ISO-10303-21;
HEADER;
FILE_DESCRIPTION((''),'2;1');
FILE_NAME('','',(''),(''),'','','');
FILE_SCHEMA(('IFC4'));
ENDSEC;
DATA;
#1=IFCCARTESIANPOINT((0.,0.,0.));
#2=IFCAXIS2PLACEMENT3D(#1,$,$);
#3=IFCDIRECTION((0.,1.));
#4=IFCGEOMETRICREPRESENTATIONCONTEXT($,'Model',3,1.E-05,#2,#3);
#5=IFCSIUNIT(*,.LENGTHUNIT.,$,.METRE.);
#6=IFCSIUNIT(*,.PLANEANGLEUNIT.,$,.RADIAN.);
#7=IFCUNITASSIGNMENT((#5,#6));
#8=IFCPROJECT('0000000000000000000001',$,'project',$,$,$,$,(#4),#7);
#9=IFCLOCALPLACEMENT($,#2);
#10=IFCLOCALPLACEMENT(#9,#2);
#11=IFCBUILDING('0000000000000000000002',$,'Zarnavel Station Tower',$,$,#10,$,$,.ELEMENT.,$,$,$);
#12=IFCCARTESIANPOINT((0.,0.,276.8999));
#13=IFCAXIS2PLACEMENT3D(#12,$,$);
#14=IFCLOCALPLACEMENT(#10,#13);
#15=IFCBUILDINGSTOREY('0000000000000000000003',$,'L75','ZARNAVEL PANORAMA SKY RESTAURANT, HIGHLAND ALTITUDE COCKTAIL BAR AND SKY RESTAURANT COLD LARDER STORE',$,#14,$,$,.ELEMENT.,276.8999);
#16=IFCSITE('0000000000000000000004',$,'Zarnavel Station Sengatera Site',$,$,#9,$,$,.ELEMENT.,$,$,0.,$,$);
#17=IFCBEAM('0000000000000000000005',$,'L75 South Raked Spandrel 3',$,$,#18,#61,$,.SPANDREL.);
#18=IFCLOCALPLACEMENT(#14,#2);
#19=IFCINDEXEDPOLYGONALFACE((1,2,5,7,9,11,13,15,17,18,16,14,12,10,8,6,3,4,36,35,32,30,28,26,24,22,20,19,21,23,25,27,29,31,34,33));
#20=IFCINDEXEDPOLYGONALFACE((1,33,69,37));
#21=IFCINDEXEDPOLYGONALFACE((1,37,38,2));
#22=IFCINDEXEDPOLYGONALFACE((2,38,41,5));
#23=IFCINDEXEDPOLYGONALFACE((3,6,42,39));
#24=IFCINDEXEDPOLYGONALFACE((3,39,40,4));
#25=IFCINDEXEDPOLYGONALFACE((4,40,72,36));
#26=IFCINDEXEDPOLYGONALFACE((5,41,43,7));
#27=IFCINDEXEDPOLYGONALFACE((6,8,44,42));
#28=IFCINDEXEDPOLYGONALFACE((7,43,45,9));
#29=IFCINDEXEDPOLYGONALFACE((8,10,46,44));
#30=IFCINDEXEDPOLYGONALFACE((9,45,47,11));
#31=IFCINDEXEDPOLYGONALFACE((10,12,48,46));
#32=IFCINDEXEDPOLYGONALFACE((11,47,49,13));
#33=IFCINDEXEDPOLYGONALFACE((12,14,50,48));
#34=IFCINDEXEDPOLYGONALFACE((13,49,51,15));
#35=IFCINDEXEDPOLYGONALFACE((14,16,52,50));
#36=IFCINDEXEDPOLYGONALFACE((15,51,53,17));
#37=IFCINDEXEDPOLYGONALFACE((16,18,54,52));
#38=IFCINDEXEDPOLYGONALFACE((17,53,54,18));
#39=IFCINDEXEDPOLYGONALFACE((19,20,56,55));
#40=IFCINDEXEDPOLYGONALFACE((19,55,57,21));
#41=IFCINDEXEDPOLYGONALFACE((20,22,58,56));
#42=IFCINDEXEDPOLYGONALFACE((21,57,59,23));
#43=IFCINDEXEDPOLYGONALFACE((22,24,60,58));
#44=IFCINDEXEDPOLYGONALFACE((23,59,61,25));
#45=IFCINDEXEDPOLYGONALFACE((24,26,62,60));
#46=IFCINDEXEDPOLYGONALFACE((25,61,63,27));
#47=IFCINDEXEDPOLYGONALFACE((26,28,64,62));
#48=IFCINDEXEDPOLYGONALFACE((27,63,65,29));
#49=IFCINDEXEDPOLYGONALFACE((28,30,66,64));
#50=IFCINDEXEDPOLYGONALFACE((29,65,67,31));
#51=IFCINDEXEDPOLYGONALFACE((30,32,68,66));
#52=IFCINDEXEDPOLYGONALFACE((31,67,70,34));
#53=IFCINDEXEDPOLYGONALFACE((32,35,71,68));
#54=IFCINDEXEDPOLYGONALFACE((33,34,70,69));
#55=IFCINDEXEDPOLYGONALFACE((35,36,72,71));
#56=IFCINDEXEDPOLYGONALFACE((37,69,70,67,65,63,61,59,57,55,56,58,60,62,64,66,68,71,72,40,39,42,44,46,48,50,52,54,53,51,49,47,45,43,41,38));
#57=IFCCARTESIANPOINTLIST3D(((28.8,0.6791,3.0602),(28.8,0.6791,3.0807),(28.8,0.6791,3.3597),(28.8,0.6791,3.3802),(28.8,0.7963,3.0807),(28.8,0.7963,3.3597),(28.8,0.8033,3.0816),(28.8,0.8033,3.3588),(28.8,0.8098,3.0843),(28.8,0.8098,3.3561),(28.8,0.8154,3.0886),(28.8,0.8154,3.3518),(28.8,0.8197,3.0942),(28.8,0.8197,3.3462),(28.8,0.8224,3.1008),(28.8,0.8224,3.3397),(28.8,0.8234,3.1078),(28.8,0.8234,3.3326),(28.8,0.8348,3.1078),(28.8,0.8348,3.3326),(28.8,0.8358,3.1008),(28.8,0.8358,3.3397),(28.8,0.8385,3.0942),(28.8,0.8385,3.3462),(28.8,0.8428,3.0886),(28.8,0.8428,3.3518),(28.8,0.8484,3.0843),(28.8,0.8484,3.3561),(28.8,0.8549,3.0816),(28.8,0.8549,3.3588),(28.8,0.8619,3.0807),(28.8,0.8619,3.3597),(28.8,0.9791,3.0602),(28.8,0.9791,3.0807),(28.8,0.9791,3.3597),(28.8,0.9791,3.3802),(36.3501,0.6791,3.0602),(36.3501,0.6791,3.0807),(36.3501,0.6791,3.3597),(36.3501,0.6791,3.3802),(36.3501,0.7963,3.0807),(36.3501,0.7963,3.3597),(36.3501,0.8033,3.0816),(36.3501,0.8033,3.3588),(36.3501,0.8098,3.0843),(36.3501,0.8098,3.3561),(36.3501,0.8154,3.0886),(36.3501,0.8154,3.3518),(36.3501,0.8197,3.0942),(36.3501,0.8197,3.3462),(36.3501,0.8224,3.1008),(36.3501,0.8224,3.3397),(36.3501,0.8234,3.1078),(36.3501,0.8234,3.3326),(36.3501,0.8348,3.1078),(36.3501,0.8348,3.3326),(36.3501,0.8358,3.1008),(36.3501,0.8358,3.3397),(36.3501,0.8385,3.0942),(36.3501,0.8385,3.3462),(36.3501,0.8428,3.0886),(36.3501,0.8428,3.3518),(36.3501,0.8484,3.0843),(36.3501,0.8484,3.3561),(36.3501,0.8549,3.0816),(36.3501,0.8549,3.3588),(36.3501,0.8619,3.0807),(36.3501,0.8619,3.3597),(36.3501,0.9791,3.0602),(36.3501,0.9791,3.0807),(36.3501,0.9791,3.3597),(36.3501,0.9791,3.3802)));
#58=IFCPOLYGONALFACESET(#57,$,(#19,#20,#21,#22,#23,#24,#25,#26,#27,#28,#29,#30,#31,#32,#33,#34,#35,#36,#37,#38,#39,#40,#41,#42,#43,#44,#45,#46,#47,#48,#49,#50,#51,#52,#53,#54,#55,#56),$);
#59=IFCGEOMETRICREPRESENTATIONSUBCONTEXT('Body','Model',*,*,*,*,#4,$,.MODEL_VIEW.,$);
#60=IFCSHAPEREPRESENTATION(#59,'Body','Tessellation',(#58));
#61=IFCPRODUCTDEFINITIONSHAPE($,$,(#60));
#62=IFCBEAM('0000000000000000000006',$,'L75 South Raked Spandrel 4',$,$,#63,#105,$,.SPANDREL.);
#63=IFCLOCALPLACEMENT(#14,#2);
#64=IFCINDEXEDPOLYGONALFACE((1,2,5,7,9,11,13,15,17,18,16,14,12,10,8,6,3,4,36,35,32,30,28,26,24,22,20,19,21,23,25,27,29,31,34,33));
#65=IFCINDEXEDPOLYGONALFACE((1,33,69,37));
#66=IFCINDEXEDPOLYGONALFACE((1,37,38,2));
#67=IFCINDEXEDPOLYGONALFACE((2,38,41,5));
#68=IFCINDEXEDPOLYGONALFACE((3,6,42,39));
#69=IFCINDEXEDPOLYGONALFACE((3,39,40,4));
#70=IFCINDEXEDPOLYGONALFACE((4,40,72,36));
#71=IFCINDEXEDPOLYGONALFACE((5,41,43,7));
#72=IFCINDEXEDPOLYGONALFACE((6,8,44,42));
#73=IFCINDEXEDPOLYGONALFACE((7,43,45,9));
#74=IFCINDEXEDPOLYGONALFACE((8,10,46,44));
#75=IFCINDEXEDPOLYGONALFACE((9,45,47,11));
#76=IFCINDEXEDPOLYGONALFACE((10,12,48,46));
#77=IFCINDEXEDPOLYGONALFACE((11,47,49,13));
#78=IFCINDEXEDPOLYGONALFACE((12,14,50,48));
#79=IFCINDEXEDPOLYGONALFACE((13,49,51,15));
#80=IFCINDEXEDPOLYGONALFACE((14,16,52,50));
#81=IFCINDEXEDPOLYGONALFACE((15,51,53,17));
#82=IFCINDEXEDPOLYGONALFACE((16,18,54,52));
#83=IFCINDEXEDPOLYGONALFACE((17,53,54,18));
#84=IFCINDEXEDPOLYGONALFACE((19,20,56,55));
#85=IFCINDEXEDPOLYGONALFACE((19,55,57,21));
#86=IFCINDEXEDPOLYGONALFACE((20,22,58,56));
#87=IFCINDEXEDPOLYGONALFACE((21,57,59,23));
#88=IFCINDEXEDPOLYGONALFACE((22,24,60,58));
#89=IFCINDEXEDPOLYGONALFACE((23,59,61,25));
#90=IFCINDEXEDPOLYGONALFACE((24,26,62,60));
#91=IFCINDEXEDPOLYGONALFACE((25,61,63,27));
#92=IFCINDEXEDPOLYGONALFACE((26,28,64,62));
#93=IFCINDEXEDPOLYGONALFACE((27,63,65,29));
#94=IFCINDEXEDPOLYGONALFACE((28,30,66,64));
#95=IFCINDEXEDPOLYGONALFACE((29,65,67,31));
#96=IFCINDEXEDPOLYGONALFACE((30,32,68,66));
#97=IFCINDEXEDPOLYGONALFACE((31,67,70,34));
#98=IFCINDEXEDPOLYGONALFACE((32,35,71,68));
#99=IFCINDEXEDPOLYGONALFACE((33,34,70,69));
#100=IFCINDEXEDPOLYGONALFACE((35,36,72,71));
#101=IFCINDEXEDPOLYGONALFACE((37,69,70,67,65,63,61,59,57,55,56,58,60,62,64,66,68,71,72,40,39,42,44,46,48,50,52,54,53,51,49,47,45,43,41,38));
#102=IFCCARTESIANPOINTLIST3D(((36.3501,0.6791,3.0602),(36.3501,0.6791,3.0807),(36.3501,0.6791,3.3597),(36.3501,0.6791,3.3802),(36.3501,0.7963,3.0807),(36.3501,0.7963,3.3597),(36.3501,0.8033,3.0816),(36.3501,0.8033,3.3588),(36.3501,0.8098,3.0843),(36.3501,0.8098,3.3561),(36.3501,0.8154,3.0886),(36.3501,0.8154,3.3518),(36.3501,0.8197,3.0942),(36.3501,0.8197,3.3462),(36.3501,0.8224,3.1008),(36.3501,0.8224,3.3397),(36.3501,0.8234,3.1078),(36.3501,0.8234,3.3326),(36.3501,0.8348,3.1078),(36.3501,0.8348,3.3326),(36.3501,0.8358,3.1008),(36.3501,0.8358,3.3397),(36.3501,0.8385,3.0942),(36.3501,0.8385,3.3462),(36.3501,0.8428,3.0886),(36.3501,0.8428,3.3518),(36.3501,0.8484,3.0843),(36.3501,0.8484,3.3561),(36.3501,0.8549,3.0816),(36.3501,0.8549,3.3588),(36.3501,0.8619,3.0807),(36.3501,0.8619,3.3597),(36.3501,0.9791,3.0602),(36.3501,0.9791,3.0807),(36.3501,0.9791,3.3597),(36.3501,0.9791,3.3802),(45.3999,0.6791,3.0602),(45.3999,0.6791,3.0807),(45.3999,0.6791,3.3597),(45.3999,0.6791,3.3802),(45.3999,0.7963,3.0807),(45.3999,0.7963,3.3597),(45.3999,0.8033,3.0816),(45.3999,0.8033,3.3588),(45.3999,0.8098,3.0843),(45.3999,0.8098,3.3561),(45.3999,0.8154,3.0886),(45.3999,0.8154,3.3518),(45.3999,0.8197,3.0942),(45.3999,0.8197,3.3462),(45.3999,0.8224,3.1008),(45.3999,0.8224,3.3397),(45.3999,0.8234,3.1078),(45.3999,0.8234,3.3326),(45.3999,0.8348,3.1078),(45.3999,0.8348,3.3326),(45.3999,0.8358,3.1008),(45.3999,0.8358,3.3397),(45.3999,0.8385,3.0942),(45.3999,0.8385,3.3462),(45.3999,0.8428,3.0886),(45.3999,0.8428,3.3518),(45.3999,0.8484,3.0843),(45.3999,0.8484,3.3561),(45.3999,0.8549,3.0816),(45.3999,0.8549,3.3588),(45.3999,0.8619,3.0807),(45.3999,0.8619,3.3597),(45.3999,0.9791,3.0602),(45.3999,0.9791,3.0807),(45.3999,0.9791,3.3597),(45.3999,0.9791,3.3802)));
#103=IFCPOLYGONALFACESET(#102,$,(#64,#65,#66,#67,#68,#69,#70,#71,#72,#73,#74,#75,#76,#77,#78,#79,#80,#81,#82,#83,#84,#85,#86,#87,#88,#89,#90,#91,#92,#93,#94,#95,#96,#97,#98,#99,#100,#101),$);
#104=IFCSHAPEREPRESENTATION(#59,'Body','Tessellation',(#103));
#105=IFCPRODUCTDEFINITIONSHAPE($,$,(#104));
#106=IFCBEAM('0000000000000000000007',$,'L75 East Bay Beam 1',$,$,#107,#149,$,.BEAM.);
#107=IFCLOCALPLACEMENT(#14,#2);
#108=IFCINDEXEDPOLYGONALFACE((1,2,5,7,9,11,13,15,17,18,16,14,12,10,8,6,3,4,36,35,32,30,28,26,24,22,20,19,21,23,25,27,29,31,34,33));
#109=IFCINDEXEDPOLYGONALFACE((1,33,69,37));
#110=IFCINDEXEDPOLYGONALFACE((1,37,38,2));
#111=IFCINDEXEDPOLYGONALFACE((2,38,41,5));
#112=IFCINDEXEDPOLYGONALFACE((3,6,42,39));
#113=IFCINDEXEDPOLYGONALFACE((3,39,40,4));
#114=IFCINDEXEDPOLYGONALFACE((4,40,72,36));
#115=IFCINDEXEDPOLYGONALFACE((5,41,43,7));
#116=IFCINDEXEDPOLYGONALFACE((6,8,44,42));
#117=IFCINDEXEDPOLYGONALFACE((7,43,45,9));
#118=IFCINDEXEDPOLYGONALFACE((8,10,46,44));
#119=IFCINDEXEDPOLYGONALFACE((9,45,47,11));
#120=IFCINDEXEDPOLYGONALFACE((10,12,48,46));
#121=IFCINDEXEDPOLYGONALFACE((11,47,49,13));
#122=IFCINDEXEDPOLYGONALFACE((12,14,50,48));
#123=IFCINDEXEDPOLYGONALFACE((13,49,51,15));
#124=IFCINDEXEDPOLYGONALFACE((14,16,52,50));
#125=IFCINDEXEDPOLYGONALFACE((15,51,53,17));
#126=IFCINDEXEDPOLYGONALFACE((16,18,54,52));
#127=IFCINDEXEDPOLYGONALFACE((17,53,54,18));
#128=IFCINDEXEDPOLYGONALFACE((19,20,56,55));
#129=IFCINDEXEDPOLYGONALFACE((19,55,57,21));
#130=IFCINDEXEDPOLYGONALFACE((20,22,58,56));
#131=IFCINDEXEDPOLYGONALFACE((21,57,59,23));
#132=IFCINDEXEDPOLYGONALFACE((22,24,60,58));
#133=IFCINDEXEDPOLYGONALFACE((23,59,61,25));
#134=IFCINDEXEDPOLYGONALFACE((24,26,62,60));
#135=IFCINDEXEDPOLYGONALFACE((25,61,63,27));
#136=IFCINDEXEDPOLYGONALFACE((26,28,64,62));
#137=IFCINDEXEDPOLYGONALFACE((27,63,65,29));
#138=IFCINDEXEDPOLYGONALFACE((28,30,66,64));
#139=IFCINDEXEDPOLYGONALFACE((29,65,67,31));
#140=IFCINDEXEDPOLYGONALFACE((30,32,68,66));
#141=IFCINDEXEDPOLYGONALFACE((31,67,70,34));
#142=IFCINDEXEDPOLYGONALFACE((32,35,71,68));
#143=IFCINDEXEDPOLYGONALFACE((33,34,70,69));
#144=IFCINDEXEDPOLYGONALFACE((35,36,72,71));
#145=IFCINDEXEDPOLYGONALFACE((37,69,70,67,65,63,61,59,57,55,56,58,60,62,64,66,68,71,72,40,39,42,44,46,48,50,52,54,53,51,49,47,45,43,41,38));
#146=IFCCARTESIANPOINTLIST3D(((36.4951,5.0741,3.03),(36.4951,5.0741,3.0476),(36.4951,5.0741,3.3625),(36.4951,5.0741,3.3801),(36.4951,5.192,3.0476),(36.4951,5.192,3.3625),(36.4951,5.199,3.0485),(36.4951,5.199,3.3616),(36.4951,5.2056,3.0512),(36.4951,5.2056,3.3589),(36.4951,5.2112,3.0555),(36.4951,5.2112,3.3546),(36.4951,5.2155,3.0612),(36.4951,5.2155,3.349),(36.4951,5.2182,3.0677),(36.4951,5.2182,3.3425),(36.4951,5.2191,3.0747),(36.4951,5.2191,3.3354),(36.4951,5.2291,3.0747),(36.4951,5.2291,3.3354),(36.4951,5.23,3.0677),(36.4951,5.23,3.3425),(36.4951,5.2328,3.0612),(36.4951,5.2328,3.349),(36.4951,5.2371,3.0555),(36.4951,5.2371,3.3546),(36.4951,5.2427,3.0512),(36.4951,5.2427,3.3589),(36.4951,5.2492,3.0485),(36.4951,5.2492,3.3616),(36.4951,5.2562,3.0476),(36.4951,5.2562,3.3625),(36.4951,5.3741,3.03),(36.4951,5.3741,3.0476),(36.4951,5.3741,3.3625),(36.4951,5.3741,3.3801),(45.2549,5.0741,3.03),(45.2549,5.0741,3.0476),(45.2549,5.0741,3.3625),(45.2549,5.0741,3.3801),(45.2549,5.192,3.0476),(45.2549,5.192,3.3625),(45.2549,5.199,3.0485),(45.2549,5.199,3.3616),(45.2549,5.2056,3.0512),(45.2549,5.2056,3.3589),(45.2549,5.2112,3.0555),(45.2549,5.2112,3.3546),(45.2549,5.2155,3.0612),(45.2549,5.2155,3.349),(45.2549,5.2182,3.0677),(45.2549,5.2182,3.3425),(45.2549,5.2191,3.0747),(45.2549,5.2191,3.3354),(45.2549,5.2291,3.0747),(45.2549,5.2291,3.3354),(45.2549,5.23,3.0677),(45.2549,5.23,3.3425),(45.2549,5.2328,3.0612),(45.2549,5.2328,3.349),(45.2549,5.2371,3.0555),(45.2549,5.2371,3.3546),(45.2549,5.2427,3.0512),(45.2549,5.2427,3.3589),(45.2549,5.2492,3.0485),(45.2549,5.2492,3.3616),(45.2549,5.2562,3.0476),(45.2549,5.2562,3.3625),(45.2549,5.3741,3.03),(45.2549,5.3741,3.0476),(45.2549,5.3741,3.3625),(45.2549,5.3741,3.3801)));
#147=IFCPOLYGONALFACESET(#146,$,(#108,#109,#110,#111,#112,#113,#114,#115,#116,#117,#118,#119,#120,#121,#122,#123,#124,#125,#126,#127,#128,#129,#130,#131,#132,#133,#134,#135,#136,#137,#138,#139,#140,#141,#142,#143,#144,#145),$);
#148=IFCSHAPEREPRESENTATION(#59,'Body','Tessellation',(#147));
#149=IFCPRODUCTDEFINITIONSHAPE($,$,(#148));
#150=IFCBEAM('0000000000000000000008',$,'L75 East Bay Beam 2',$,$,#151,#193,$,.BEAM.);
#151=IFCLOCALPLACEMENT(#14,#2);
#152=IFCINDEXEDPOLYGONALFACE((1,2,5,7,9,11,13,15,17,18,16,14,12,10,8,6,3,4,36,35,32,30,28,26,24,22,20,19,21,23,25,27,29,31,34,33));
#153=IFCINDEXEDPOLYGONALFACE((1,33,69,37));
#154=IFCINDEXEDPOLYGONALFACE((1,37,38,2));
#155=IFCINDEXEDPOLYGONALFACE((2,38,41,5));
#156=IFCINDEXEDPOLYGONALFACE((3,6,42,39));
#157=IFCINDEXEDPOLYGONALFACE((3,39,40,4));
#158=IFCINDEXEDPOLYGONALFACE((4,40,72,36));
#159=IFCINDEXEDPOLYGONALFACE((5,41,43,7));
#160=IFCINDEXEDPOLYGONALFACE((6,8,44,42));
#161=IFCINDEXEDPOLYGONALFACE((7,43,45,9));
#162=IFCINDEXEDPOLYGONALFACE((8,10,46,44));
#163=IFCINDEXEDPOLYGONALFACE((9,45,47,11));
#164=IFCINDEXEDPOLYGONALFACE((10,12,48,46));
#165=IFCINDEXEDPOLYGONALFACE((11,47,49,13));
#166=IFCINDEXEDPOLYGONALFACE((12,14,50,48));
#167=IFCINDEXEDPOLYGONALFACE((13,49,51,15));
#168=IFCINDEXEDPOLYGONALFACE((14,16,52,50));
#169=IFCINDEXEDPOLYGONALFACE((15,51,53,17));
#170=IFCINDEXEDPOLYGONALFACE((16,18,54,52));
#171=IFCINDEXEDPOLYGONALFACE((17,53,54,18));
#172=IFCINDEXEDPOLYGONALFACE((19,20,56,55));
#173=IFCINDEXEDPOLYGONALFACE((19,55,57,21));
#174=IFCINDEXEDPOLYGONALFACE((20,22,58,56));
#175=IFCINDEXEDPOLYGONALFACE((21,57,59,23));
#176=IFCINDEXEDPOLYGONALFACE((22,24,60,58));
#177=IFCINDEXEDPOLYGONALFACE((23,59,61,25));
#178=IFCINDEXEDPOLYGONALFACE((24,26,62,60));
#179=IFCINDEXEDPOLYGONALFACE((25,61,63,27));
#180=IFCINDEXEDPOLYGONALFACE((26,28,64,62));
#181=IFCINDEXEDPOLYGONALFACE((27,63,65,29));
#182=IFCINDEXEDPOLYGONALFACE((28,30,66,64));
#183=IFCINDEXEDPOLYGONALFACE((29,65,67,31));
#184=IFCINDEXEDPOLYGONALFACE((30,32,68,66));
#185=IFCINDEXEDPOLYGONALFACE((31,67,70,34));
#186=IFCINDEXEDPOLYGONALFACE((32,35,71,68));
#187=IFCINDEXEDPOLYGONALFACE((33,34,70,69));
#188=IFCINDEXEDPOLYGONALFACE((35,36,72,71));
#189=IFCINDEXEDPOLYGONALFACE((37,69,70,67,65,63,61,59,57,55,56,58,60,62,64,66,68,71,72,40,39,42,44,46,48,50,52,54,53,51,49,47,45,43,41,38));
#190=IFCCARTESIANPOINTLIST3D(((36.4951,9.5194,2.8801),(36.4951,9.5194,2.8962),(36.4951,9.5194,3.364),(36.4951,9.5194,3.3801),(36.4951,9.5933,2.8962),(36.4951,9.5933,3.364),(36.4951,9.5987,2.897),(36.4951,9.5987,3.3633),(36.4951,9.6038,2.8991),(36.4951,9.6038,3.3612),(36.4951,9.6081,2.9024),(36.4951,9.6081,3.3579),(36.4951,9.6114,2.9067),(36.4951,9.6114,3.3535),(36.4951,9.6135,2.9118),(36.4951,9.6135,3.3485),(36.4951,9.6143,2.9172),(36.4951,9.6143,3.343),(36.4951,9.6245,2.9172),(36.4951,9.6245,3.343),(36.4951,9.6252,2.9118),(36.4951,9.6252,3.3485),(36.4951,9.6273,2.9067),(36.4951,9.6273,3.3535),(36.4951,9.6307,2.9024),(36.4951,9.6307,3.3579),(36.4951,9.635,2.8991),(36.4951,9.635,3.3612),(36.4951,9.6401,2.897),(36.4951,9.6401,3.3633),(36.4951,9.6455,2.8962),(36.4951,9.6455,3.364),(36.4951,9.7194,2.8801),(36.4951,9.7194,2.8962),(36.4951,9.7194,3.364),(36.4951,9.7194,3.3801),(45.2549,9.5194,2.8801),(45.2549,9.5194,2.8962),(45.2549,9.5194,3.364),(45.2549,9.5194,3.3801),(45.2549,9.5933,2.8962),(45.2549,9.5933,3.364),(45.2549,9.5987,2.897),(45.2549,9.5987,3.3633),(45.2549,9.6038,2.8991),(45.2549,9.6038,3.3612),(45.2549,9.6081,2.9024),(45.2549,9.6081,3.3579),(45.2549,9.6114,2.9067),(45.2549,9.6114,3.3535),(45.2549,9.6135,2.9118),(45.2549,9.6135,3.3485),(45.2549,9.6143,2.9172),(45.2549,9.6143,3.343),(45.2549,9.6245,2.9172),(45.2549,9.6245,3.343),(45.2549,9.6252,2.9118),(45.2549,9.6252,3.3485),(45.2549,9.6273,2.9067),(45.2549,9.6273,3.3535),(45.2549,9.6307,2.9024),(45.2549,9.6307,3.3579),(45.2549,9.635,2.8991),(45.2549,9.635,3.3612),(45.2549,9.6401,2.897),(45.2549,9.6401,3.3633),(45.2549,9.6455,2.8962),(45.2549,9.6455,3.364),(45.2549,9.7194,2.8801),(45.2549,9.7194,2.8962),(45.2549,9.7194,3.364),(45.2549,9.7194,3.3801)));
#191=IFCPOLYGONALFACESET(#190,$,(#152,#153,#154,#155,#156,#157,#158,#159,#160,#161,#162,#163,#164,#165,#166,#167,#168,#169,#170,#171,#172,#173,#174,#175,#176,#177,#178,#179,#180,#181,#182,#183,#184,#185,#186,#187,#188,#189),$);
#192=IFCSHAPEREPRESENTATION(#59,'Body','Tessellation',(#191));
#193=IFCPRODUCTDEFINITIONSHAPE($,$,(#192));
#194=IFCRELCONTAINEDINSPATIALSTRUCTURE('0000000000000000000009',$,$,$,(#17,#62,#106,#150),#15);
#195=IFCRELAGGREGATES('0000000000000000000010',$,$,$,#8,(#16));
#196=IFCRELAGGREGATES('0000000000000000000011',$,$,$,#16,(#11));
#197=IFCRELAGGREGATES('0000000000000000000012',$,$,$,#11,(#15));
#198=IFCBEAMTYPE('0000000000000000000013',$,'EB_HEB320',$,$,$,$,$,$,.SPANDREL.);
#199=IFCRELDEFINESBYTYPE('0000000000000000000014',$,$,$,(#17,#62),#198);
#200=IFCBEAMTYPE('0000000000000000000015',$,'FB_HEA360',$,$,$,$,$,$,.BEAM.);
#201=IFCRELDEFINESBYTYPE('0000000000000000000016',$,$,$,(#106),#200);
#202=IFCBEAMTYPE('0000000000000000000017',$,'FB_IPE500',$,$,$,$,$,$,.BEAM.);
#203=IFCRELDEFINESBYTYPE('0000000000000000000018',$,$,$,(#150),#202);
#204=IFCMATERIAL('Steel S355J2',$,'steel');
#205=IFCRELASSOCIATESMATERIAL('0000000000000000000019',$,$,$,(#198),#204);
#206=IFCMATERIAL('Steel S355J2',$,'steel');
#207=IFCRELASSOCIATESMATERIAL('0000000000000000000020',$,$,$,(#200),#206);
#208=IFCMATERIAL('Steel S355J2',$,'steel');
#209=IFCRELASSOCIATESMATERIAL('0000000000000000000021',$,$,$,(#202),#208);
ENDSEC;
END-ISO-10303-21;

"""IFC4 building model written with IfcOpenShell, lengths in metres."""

from ifc_helpers import new_model, si_unit, direction, frame, origin, origin_2d, place, context, subcontext, project, spatial, i_section, extrude, material, material_profile, profile_set, type_object, element, save


model = new_model("IFC4")

# Units and contexts
model_context = context("Model", 3, precision=1e-05, world=origin(), true_north=direction((0.0, 1.0)))
body_context = subcontext(model_context, "Body", "Model", "MODEL_VIEW")
ifc_project = project(units=[si_unit("LENGTHUNIT", "METRE"), si_unit("PLANEANGLEUNIT", "RADIAN")], contexts=[model_context])

# Site, building, storey
site_placement = place(None, origin())
site = spatial("IfcSite", under=ifc_project, at=site_placement, Name="Zarnavel Station Sengatera Site", CompositionType="ELEMENT", RefElevation=0.0)
building_placement = place(site_placement, origin())
building = spatial("IfcBuilding", under=site, at=building_placement, Name="Zarnavel Station Tower", CompositionType="ELEMENT")
storey_placement = place(building_placement, frame((0.0, 0.0, 276.8999)))
storey = spatial("IfcBuildingStorey", under=building, at=storey_placement, Name="L75", Description="ZARNAVEL PANORAMA SKY RESTAURANT, HIGHLAND ALTITUDE COCKTAIL BAR AND SKY RESTAURANT COLD LARDER STORE", CompositionType="ELEMENT", Elevation=276.8999)

# Beams
ifc_material_1 = material(Name="Steel S355J2", Category="steel")
ifc_material_profile_1 = material_profile(ifc_material_1, i_section(OverallWidth=0.3, OverallDepth=0.3201, WebThickness=0.0115, FlangeThickness=0.0205, FilletRadius=0.0271, at=origin_2d()), Name="HEB320")
ifc_profile_set_1 = profile_set([ifc_material_profile_1], Name="Steel S355J2")
beam_type_1 = type_object("IfcBeamType", Name="EB_HEB320", PredefinedType="SPANDREL", material=ifc_profile_set_1)
beam_1_placement = place(storey_placement, frame((28.8, 0.8291, 3.2202), z_axis=(1.0, 0.0, 0.0), x_axis=(0.0, 1.0, 0.0)))
element("IfcBeam", 1, at=beam_1_placement, inside=storey, type_object=beam_type_1, Name="L75 South Raked Spandrel 3", PredefinedType="SPANDREL", context=body_context, shape_type="SweptSolid", body=[
    extrude(i_section(OverallWidth=0.3, OverallDepth=0.3201, WebThickness=0.0115, FlangeThickness=0.0205, FilletRadius=0.0271, at=origin_2d()), origin(), (0.0, 0.0, 1.0), 7.55),
])
beam_2_placement = place(storey_placement, frame((36.3501, 0.8291, 3.2202), z_axis=(1.0, 0.0, 0.0), x_axis=(0.0, 1.0, 0.0)))
element("IfcBeam", 2, at=beam_2_placement, inside=storey, type_object=beam_type_1, Name="L75 South Raked Spandrel 4", PredefinedType="SPANDREL", context=body_context, shape_type="SweptSolid", body=[
    extrude(i_section(OverallWidth=0.3, OverallDepth=0.3201, WebThickness=0.0115, FlangeThickness=0.0205, FilletRadius=0.0271, at=origin_2d()), origin(), (0.0, 0.0, 1.0), 9.0498),
])
ifc_material_2 = material(Name="Steel S355J2", Category="steel")
ifc_material_profile_2 = material_profile(ifc_material_2, i_section(OverallWidth=0.3, OverallDepth=0.3501, WebThickness=0.01, FlangeThickness=0.0176, FilletRadius=0.0271, at=origin_2d()), Name="HEA360")
ifc_profile_set_2 = profile_set([ifc_material_profile_2], Name="Steel S355J2")
beam_type_2 = type_object("IfcBeamType", Name="FB_HEA360", PredefinedType="BEAM", material=ifc_profile_set_2)
beam_3_placement = place(storey_placement, frame((36.4951, 5.2241, 3.2051), z_axis=(1.0, 0.0, 0.0), x_axis=(0.0, 1.0, 0.0)))
element("IfcBeam", 3, at=beam_3_placement, inside=storey, type_object=beam_type_2, Name="L75 East Bay Beam 1", PredefinedType="BEAM", context=body_context, shape_type="SweptSolid", body=[
    extrude(i_section(OverallWidth=0.3, OverallDepth=0.3501, WebThickness=0.01, FlangeThickness=0.0176, FilletRadius=0.0271, at=origin_2d()), origin(), (0.0, 0.0, 1.0), 8.7598),
])
ifc_material_3 = material(Name="Steel S355J2", Category="steel")
ifc_material_profile_3 = material_profile(ifc_material_3, i_section(OverallWidth=0.2, OverallDepth=0.5, WebThickness=0.0103, FlangeThickness=0.0161, FilletRadius=0.021, at=origin_2d()), Name="IPE500")
ifc_profile_set_3 = profile_set([ifc_material_profile_3], Name="Steel S355J2")
beam_type_3 = type_object("IfcBeamType", Name="FB_IPE500", PredefinedType="BEAM", material=ifc_profile_set_3)
beam_4_placement = place(storey_placement, frame((36.4951, 9.6194, 3.1301), z_axis=(1.0, 0.0, 0.0), x_axis=(0.0, 1.0, 0.0)))
element("IfcBeam", 4, at=beam_4_placement, inside=storey, type_object=beam_type_3, Name="L75 East Bay Beam 2", PredefinedType="BEAM", context=body_context, shape_type="SweptSolid", body=[
    extrude(i_section(OverallWidth=0.2, OverallDepth=0.5, WebThickness=0.0103, FlangeThickness=0.0161, FilletRadius=0.021, at=origin_2d()), origin(), (0.0, 0.0, 1.0), 8.7598),
])

save(model, "model.ifc")
